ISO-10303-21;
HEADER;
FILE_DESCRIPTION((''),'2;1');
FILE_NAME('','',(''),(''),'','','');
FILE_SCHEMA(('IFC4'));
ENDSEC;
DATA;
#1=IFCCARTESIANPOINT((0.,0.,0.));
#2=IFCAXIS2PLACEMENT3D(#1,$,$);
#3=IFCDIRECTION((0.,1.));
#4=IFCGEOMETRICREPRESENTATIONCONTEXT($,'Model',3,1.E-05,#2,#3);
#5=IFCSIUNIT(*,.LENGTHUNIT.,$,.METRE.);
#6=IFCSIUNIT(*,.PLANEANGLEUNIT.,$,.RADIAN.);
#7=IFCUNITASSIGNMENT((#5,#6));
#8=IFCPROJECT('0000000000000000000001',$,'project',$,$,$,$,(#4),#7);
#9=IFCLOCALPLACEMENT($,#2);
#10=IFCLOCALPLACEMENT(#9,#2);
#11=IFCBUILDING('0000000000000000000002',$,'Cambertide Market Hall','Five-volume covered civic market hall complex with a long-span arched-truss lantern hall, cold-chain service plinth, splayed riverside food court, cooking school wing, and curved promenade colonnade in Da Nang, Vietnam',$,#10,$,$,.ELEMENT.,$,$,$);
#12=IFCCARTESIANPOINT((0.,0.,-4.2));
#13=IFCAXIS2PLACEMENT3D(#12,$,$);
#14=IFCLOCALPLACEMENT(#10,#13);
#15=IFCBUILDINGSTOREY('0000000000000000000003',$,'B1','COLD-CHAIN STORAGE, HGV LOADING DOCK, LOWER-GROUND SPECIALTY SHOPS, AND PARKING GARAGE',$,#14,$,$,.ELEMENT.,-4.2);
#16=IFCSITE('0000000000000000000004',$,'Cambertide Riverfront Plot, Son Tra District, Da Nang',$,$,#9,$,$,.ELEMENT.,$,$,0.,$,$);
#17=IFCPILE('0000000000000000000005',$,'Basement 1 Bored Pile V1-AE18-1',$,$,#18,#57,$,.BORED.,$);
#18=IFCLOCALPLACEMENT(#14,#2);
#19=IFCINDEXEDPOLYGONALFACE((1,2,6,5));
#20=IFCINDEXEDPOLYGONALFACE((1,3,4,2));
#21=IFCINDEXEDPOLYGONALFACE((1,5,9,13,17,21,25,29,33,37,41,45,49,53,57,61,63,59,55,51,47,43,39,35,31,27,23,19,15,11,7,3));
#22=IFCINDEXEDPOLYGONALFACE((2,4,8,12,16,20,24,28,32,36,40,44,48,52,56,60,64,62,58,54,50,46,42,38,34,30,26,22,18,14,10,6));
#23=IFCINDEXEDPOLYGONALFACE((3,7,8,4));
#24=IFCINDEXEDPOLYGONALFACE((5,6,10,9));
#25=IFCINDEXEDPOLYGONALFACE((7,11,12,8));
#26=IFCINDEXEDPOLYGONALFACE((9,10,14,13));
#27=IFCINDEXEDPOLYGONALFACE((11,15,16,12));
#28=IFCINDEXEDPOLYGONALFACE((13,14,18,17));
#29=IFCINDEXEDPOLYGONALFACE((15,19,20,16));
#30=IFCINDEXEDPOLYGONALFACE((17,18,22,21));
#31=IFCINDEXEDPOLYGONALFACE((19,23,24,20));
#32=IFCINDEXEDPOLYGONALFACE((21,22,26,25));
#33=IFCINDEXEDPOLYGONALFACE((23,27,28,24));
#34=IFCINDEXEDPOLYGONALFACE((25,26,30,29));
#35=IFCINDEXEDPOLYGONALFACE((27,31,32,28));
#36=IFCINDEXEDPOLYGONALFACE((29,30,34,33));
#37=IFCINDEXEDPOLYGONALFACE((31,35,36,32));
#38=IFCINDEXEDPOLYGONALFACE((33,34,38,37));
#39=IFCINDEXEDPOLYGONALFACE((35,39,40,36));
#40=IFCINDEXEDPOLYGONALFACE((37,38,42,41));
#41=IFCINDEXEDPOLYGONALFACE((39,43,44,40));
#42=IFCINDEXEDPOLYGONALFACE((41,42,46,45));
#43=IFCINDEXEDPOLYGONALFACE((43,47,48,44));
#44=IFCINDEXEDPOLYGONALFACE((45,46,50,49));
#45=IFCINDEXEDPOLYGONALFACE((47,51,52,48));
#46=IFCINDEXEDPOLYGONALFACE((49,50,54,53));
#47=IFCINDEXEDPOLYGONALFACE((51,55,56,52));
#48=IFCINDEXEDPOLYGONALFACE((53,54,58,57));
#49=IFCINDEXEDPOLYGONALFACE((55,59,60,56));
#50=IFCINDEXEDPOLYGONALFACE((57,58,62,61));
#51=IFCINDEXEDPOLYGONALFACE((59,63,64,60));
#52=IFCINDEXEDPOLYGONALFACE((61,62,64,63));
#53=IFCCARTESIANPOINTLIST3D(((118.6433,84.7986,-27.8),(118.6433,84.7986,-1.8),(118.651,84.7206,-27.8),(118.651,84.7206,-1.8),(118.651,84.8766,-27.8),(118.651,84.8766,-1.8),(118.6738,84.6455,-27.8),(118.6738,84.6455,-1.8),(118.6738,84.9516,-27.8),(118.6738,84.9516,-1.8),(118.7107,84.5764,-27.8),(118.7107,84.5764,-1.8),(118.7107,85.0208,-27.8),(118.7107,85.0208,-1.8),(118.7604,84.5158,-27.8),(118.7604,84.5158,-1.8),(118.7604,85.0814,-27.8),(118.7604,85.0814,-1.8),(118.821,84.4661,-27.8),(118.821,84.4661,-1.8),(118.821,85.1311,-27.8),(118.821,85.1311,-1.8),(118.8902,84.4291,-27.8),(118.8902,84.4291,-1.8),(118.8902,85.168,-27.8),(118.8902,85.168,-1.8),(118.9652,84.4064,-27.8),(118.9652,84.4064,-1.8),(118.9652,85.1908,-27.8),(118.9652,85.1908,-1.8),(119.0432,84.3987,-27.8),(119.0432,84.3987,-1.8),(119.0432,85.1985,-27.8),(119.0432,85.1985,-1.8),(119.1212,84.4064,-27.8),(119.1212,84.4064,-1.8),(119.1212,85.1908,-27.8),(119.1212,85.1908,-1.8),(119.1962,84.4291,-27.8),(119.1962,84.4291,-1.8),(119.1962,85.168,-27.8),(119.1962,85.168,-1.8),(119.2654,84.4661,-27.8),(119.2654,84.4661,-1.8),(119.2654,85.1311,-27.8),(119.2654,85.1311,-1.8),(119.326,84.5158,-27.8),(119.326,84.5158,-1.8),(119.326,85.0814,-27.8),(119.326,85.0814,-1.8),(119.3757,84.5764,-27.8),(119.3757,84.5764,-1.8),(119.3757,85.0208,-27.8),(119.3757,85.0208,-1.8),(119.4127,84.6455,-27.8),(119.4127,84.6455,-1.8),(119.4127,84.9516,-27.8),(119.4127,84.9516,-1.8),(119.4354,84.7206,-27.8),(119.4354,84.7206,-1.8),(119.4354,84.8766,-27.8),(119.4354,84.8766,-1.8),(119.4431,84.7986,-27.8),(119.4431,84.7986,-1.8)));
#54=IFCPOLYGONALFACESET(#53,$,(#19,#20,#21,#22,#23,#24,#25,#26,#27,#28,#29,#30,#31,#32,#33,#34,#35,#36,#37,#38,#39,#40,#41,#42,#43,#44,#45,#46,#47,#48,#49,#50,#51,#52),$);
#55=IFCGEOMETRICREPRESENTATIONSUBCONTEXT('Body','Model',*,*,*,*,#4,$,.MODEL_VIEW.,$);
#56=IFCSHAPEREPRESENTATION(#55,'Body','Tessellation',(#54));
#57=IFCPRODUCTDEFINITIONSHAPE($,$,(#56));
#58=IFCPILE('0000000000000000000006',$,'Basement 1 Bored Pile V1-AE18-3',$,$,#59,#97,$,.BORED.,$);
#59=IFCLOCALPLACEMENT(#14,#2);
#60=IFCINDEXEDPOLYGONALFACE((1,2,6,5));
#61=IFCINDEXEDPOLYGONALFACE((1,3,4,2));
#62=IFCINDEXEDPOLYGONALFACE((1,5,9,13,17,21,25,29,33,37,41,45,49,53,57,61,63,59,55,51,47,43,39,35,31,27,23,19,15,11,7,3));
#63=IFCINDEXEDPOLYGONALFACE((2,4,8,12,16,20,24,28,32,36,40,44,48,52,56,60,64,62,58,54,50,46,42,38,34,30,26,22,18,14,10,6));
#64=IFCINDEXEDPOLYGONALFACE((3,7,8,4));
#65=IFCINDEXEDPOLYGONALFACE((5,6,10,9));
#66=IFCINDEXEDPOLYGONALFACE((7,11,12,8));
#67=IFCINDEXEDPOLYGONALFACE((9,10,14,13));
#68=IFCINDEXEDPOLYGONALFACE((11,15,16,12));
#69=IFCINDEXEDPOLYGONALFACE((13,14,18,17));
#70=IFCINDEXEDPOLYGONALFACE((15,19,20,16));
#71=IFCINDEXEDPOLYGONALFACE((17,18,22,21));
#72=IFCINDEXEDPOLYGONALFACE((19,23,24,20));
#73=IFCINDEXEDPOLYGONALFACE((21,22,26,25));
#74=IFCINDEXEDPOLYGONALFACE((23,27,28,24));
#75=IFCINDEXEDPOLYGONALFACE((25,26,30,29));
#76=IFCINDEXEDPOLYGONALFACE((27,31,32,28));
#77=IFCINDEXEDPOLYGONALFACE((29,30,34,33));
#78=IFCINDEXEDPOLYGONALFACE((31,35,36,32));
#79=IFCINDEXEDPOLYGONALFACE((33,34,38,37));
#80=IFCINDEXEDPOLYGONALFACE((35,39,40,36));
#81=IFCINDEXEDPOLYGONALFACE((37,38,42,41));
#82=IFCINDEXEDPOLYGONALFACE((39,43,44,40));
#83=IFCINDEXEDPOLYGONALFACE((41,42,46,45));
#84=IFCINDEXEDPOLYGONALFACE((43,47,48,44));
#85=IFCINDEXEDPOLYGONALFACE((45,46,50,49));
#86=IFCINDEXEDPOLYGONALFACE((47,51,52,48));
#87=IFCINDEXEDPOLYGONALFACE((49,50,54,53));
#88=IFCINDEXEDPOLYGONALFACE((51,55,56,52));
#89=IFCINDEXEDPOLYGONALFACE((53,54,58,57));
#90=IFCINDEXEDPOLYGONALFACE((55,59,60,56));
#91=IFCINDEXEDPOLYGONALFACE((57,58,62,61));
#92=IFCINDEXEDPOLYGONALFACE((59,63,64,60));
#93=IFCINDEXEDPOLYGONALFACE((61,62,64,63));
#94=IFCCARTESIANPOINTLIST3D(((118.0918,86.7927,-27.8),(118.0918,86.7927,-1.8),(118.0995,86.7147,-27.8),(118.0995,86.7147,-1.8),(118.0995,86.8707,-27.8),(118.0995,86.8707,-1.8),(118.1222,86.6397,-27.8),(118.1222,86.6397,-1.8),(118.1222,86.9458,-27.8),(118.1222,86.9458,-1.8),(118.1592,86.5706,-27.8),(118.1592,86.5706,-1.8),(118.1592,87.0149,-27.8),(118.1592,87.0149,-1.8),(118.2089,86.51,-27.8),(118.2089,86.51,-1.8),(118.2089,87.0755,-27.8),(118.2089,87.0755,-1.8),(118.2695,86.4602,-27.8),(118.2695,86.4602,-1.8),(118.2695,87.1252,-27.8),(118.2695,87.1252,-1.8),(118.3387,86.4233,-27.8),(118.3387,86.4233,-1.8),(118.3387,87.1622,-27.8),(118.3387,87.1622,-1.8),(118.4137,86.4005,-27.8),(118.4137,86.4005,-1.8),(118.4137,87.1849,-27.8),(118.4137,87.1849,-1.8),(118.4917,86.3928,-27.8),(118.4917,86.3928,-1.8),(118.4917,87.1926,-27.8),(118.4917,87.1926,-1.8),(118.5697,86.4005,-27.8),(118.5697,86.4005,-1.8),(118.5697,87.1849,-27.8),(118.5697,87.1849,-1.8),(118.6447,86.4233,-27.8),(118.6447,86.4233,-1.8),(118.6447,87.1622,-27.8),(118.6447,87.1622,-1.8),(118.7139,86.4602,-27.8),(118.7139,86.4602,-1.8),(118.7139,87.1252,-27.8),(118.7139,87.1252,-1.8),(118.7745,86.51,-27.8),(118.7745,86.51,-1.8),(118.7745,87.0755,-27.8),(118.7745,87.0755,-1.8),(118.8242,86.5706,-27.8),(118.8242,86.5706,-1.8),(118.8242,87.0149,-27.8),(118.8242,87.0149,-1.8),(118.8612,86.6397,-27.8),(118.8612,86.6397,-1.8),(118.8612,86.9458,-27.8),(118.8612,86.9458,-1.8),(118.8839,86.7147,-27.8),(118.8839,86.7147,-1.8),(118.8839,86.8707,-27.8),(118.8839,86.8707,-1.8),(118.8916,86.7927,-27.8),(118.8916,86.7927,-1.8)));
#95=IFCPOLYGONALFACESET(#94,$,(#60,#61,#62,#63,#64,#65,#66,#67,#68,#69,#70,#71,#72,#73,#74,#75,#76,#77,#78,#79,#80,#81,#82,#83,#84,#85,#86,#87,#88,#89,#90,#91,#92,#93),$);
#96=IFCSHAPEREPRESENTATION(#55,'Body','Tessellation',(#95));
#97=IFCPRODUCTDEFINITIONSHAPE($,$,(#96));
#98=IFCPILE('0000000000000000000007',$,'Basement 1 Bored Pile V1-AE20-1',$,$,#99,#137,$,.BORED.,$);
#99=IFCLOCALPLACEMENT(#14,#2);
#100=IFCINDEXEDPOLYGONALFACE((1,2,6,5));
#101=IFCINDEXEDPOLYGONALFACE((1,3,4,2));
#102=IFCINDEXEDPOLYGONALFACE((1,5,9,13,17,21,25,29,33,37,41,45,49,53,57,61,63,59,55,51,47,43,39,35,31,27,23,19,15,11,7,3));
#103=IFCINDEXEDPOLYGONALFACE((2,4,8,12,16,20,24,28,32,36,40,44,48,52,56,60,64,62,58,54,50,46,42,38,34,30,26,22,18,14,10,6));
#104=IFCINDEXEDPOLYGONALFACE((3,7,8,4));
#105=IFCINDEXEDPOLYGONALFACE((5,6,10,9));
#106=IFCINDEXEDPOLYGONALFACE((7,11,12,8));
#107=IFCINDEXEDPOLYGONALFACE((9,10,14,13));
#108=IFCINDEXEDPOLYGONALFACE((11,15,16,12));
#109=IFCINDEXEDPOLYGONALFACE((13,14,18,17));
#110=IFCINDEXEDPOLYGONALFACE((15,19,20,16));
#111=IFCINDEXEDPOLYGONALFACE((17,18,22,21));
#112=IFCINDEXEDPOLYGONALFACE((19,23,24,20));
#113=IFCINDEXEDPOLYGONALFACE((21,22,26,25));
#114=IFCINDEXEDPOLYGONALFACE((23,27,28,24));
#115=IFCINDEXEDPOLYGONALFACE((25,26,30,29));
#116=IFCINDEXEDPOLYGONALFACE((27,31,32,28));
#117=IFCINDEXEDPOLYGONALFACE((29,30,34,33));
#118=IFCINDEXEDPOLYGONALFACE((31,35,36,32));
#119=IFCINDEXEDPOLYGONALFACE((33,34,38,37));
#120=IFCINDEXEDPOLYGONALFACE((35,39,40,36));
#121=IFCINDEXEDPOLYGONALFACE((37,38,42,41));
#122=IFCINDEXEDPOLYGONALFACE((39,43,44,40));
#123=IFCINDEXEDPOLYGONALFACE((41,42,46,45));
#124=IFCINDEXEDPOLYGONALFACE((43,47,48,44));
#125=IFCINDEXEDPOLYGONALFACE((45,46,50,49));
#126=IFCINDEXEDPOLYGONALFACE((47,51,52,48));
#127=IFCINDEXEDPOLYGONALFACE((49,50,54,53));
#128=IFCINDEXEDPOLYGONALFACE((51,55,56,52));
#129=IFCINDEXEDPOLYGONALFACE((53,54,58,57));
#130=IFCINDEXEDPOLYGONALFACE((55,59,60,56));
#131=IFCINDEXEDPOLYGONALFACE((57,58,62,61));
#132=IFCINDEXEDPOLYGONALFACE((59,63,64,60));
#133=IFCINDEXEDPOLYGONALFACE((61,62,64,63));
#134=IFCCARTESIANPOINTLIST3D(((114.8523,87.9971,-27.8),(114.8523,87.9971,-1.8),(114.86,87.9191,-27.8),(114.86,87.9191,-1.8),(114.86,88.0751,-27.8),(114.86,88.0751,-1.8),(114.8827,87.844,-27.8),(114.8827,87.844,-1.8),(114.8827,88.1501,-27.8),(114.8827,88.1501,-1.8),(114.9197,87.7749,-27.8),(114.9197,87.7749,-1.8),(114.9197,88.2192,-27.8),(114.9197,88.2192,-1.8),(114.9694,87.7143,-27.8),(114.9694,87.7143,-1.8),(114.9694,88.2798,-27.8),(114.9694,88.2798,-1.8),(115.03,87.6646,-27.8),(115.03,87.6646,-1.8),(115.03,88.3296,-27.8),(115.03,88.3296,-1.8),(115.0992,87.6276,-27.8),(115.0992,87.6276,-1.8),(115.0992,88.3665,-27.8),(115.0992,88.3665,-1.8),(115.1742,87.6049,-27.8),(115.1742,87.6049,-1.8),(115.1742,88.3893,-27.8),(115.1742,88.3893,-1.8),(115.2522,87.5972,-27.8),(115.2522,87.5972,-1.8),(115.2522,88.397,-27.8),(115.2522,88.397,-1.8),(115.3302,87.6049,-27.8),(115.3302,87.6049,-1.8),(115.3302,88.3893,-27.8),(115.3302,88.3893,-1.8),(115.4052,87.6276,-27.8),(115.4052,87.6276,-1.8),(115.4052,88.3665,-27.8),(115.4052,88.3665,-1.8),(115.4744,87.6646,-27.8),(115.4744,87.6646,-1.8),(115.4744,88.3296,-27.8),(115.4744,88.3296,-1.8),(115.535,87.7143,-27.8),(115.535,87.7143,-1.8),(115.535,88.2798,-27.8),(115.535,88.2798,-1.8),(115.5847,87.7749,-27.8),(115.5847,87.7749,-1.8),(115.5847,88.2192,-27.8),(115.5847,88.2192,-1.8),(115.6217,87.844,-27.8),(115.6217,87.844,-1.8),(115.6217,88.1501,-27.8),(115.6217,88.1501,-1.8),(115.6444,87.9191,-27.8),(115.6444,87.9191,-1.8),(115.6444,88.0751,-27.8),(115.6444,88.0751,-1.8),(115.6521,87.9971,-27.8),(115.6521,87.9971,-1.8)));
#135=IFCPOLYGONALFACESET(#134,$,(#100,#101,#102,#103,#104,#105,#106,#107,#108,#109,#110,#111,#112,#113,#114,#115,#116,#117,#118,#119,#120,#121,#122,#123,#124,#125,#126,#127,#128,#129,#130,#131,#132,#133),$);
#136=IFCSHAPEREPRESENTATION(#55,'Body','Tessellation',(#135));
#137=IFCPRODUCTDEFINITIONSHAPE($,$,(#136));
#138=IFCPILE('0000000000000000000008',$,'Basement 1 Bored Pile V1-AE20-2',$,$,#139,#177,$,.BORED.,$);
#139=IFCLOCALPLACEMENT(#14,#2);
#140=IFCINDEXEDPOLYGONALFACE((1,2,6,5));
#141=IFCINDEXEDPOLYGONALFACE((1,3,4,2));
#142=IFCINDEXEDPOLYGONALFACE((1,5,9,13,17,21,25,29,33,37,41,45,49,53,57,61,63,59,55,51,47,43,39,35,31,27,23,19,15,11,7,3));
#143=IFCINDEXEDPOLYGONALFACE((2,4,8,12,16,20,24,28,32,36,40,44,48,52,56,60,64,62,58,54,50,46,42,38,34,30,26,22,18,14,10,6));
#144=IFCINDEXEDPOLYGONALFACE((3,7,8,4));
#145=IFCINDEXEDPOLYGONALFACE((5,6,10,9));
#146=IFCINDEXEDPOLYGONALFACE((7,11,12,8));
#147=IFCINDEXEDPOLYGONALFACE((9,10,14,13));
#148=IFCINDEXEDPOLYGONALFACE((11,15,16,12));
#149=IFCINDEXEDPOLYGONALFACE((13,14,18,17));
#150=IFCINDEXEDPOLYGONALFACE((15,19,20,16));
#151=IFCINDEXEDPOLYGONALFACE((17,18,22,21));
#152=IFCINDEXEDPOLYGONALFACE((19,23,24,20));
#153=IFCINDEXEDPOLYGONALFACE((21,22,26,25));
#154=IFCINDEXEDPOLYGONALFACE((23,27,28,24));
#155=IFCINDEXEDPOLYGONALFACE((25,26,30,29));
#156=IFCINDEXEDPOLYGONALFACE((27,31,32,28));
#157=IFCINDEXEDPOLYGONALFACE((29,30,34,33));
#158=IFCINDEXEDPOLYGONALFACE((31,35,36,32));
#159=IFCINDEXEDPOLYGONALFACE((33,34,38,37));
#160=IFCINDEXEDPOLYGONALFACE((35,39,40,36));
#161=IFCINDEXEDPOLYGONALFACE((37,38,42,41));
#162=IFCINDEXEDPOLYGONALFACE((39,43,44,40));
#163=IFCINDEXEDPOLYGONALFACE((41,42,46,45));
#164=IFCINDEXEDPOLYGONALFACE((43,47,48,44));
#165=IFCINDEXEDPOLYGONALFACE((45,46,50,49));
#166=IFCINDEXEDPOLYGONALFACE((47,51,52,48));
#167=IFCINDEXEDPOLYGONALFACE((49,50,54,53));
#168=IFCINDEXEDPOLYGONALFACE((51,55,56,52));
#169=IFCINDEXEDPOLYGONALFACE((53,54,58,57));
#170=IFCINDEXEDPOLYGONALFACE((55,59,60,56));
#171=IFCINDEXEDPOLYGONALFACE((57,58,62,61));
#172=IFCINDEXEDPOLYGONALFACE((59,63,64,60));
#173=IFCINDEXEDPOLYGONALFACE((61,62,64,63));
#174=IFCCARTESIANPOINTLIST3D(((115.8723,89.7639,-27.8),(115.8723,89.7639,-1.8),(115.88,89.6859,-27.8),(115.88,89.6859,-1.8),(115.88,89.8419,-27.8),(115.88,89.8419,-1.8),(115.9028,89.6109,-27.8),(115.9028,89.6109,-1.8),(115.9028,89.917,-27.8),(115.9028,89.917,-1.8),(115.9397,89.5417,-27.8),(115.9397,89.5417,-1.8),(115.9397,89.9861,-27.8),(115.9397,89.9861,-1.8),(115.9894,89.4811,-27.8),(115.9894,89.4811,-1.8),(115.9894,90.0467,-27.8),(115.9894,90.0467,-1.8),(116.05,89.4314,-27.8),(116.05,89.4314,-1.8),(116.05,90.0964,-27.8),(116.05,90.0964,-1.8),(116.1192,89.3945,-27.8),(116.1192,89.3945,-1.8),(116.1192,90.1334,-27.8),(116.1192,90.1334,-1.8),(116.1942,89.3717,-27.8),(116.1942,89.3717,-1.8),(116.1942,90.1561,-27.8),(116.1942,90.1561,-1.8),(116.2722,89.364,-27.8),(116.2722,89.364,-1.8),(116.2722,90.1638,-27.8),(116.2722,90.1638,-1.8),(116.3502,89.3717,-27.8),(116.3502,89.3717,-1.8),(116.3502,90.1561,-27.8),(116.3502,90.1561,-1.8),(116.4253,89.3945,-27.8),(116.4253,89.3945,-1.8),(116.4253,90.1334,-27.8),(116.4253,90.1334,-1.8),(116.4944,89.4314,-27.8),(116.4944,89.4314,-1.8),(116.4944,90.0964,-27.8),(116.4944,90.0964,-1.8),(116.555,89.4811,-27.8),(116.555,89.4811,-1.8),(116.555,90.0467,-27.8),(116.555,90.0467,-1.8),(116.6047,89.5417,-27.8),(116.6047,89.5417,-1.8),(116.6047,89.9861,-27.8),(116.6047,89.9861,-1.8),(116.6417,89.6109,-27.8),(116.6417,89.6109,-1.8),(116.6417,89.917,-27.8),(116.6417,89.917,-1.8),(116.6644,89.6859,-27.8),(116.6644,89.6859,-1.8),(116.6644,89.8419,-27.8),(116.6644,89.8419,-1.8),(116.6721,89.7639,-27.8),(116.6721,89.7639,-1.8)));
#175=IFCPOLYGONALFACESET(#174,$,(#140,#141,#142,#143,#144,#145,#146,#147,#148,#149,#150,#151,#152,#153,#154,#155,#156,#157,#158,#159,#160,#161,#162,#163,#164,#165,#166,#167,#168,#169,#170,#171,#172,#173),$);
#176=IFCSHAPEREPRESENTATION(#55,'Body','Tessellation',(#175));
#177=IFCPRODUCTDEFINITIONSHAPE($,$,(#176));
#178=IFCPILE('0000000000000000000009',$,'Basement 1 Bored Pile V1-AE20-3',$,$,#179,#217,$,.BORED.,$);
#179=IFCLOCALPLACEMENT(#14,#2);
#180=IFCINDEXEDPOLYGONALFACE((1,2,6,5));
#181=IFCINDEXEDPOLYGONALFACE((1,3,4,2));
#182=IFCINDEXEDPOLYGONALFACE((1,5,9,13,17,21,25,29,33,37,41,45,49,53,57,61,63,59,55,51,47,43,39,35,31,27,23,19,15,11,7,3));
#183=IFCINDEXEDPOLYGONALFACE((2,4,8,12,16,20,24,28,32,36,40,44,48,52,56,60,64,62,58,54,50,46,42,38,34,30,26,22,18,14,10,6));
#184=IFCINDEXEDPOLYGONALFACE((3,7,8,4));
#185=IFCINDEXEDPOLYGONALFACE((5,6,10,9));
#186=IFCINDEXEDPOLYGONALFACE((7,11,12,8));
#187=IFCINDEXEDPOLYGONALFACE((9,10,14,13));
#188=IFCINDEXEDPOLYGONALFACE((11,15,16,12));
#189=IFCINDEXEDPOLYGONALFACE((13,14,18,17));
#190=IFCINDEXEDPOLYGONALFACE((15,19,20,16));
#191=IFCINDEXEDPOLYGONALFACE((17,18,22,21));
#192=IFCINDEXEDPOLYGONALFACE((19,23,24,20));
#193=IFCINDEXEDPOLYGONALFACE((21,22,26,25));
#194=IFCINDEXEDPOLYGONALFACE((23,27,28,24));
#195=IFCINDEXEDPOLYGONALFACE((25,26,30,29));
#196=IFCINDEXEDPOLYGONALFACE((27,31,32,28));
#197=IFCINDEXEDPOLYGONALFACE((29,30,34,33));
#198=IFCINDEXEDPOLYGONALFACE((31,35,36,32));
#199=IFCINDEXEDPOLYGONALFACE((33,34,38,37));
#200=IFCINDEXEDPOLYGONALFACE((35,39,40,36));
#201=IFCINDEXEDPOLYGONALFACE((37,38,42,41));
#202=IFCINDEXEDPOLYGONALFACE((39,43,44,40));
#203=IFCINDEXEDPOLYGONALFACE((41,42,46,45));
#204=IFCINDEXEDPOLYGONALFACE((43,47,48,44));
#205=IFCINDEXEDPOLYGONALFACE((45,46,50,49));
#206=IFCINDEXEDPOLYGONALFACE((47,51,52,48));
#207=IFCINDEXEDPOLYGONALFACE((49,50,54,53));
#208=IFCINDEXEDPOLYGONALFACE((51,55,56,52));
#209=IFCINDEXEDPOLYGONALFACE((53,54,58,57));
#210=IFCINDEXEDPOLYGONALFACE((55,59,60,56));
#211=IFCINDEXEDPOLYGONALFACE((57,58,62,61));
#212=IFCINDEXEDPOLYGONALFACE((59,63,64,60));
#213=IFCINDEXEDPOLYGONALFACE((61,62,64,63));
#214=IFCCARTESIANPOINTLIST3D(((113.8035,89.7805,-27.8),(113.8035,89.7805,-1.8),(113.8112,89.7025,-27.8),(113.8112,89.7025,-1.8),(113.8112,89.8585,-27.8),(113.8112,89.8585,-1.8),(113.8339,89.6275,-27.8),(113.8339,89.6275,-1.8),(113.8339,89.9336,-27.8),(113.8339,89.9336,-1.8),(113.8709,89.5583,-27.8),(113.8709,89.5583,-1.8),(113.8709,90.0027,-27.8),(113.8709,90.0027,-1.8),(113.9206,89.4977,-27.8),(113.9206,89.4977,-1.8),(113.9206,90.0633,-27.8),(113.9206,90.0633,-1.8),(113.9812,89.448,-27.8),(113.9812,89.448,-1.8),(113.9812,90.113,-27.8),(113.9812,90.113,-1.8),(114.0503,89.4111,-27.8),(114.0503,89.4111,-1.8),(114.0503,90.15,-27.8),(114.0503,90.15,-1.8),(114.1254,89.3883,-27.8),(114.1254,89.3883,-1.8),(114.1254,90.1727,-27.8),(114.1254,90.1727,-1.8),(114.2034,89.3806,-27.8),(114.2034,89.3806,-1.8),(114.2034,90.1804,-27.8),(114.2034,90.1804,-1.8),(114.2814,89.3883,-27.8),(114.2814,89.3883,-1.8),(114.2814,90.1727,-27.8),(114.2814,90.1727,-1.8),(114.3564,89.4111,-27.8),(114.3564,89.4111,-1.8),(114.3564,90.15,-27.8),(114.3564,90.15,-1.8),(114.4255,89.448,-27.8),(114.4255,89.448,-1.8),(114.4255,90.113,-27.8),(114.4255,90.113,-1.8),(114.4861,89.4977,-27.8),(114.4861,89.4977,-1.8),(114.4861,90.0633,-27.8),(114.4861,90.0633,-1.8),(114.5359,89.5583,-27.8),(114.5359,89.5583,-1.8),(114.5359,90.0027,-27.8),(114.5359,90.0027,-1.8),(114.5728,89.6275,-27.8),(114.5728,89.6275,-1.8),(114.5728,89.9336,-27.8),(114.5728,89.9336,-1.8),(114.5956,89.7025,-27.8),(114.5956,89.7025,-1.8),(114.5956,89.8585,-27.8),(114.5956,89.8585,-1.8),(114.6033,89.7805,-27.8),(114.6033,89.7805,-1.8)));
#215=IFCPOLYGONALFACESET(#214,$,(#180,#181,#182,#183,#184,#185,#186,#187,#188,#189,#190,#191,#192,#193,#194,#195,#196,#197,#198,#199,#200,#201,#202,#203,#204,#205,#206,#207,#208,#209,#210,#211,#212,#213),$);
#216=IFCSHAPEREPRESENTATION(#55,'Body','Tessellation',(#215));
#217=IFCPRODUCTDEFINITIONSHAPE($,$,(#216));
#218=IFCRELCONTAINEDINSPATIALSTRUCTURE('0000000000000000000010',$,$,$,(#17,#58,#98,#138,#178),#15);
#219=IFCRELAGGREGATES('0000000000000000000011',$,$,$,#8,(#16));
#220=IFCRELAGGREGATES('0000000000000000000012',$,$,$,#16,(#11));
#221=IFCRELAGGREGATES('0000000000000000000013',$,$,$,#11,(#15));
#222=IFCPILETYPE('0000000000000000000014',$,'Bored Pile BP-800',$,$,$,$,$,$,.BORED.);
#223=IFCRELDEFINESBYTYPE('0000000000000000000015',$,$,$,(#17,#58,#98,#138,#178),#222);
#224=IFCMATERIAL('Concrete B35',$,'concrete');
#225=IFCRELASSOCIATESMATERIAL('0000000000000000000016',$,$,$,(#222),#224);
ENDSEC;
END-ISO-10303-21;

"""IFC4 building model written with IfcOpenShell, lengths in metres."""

from ifc_helpers import new_model, si_unit, direction, frame, origin, origin_2d, place, context, subcontext, project, spatial, circle, extrude, material, material_profile, profile_set, type_object, element, save


model = new_model("IFC4")

# Units and contexts
model_context = context("Model", 3, precision=1e-05, world=origin(), true_north=direction((0.0, 1.0)))
body_context = subcontext(model_context, "Body", "Model", "MODEL_VIEW")
ifc_project = project(units=[si_unit("LENGTHUNIT", "METRE"), si_unit("PLANEANGLEUNIT", "RADIAN")], contexts=[model_context])

# Site, building, storey
site_placement = place(None, origin())
site = spatial("IfcSite", under=ifc_project, at=site_placement, Name="Cambertide Riverfront Plot, Son Tra District, Da Nang", CompositionType="ELEMENT", RefElevation=0.0)
building_placement = place(site_placement, origin())
building = spatial("IfcBuilding", under=site, at=building_placement, Name="Cambertide Market Hall", Description="Five-volume covered civic market hall complex with a long-span arched-truss lantern hall, cold-chain service plinth, splayed riverside food court, cooking school wing, and curved promenade colonnade in Da Nang, Vietnam", CompositionType="ELEMENT")
storey_placement = place(building_placement, frame((0.0, 0.0, -4.2)))
storey = spatial("IfcBuildingStorey", under=building, at=storey_placement, Name="B1", Description="COLD-CHAIN STORAGE, HGV LOADING DOCK, LOWER-GROUND SPECIALTY SHOPS, AND PARKING GARAGE", CompositionType="ELEMENT", Elevation=-4.2)

# Piles
ifc_material_1 = material(Name="Concrete B35", Category="concrete")
ifc_material_profile_1 = material_profile(ifc_material_1, circle(Radius=0.3999, at=origin_2d()), Name="BP D800")
ifc_profile_set_1 = profile_set([ifc_material_profile_1], Name="Concrete B35")
pile_type_1 = type_object("IfcPileType", Name="Bored Pile BP-800", PredefinedType="BORED", material=ifc_profile_set_1)
for number, where, z_axis, x_axis, name in (
    (1, (119.0432, 84.7986, -1.8), (0.0, 0.0, -1.0), (1.0, 0.0, 0.0), "Basement 1 Bored Pile V1-AE18-1"),
    (2, (118.4917, 86.7927, -1.8), (0.0, 0.0, -1.0), (1.0, 0.0, 0.0), "Basement 1 Bored Pile V1-AE18-3"),
    (3, (115.2522, 87.9971, -1.8), (0.0, 0.0, -1.0), (1.0, 0.0, 0.0), "Basement 1 Bored Pile V1-AE20-1"),
    (4, (116.2722, 89.7639, -1.8), (0.0, 0.0, -1.0), (1.0, 0.0, 0.0), "Basement 1 Bored Pile V1-AE20-2"),
    (5, (114.2034, 89.7805, -1.8), (0.0, 0.0, -1.0), (1.0, 0.0, 0.0), "Basement 1 Bored Pile V1-AE20-3"),
):
    element("IfcPile", number, at=place(storey_placement, frame(where, z_axis=z_axis, x_axis=x_axis)), inside=storey, type_object=pile_type_1, Name=name, PredefinedType="BORED", context=body_context, shape_type="SweptSolid", body=[
        extrude(circle(Radius=0.3999, at=origin_2d()), origin(), (0.0, 0.0, 1.0), 26.0),
    ])

save(model, "model.ifc")
